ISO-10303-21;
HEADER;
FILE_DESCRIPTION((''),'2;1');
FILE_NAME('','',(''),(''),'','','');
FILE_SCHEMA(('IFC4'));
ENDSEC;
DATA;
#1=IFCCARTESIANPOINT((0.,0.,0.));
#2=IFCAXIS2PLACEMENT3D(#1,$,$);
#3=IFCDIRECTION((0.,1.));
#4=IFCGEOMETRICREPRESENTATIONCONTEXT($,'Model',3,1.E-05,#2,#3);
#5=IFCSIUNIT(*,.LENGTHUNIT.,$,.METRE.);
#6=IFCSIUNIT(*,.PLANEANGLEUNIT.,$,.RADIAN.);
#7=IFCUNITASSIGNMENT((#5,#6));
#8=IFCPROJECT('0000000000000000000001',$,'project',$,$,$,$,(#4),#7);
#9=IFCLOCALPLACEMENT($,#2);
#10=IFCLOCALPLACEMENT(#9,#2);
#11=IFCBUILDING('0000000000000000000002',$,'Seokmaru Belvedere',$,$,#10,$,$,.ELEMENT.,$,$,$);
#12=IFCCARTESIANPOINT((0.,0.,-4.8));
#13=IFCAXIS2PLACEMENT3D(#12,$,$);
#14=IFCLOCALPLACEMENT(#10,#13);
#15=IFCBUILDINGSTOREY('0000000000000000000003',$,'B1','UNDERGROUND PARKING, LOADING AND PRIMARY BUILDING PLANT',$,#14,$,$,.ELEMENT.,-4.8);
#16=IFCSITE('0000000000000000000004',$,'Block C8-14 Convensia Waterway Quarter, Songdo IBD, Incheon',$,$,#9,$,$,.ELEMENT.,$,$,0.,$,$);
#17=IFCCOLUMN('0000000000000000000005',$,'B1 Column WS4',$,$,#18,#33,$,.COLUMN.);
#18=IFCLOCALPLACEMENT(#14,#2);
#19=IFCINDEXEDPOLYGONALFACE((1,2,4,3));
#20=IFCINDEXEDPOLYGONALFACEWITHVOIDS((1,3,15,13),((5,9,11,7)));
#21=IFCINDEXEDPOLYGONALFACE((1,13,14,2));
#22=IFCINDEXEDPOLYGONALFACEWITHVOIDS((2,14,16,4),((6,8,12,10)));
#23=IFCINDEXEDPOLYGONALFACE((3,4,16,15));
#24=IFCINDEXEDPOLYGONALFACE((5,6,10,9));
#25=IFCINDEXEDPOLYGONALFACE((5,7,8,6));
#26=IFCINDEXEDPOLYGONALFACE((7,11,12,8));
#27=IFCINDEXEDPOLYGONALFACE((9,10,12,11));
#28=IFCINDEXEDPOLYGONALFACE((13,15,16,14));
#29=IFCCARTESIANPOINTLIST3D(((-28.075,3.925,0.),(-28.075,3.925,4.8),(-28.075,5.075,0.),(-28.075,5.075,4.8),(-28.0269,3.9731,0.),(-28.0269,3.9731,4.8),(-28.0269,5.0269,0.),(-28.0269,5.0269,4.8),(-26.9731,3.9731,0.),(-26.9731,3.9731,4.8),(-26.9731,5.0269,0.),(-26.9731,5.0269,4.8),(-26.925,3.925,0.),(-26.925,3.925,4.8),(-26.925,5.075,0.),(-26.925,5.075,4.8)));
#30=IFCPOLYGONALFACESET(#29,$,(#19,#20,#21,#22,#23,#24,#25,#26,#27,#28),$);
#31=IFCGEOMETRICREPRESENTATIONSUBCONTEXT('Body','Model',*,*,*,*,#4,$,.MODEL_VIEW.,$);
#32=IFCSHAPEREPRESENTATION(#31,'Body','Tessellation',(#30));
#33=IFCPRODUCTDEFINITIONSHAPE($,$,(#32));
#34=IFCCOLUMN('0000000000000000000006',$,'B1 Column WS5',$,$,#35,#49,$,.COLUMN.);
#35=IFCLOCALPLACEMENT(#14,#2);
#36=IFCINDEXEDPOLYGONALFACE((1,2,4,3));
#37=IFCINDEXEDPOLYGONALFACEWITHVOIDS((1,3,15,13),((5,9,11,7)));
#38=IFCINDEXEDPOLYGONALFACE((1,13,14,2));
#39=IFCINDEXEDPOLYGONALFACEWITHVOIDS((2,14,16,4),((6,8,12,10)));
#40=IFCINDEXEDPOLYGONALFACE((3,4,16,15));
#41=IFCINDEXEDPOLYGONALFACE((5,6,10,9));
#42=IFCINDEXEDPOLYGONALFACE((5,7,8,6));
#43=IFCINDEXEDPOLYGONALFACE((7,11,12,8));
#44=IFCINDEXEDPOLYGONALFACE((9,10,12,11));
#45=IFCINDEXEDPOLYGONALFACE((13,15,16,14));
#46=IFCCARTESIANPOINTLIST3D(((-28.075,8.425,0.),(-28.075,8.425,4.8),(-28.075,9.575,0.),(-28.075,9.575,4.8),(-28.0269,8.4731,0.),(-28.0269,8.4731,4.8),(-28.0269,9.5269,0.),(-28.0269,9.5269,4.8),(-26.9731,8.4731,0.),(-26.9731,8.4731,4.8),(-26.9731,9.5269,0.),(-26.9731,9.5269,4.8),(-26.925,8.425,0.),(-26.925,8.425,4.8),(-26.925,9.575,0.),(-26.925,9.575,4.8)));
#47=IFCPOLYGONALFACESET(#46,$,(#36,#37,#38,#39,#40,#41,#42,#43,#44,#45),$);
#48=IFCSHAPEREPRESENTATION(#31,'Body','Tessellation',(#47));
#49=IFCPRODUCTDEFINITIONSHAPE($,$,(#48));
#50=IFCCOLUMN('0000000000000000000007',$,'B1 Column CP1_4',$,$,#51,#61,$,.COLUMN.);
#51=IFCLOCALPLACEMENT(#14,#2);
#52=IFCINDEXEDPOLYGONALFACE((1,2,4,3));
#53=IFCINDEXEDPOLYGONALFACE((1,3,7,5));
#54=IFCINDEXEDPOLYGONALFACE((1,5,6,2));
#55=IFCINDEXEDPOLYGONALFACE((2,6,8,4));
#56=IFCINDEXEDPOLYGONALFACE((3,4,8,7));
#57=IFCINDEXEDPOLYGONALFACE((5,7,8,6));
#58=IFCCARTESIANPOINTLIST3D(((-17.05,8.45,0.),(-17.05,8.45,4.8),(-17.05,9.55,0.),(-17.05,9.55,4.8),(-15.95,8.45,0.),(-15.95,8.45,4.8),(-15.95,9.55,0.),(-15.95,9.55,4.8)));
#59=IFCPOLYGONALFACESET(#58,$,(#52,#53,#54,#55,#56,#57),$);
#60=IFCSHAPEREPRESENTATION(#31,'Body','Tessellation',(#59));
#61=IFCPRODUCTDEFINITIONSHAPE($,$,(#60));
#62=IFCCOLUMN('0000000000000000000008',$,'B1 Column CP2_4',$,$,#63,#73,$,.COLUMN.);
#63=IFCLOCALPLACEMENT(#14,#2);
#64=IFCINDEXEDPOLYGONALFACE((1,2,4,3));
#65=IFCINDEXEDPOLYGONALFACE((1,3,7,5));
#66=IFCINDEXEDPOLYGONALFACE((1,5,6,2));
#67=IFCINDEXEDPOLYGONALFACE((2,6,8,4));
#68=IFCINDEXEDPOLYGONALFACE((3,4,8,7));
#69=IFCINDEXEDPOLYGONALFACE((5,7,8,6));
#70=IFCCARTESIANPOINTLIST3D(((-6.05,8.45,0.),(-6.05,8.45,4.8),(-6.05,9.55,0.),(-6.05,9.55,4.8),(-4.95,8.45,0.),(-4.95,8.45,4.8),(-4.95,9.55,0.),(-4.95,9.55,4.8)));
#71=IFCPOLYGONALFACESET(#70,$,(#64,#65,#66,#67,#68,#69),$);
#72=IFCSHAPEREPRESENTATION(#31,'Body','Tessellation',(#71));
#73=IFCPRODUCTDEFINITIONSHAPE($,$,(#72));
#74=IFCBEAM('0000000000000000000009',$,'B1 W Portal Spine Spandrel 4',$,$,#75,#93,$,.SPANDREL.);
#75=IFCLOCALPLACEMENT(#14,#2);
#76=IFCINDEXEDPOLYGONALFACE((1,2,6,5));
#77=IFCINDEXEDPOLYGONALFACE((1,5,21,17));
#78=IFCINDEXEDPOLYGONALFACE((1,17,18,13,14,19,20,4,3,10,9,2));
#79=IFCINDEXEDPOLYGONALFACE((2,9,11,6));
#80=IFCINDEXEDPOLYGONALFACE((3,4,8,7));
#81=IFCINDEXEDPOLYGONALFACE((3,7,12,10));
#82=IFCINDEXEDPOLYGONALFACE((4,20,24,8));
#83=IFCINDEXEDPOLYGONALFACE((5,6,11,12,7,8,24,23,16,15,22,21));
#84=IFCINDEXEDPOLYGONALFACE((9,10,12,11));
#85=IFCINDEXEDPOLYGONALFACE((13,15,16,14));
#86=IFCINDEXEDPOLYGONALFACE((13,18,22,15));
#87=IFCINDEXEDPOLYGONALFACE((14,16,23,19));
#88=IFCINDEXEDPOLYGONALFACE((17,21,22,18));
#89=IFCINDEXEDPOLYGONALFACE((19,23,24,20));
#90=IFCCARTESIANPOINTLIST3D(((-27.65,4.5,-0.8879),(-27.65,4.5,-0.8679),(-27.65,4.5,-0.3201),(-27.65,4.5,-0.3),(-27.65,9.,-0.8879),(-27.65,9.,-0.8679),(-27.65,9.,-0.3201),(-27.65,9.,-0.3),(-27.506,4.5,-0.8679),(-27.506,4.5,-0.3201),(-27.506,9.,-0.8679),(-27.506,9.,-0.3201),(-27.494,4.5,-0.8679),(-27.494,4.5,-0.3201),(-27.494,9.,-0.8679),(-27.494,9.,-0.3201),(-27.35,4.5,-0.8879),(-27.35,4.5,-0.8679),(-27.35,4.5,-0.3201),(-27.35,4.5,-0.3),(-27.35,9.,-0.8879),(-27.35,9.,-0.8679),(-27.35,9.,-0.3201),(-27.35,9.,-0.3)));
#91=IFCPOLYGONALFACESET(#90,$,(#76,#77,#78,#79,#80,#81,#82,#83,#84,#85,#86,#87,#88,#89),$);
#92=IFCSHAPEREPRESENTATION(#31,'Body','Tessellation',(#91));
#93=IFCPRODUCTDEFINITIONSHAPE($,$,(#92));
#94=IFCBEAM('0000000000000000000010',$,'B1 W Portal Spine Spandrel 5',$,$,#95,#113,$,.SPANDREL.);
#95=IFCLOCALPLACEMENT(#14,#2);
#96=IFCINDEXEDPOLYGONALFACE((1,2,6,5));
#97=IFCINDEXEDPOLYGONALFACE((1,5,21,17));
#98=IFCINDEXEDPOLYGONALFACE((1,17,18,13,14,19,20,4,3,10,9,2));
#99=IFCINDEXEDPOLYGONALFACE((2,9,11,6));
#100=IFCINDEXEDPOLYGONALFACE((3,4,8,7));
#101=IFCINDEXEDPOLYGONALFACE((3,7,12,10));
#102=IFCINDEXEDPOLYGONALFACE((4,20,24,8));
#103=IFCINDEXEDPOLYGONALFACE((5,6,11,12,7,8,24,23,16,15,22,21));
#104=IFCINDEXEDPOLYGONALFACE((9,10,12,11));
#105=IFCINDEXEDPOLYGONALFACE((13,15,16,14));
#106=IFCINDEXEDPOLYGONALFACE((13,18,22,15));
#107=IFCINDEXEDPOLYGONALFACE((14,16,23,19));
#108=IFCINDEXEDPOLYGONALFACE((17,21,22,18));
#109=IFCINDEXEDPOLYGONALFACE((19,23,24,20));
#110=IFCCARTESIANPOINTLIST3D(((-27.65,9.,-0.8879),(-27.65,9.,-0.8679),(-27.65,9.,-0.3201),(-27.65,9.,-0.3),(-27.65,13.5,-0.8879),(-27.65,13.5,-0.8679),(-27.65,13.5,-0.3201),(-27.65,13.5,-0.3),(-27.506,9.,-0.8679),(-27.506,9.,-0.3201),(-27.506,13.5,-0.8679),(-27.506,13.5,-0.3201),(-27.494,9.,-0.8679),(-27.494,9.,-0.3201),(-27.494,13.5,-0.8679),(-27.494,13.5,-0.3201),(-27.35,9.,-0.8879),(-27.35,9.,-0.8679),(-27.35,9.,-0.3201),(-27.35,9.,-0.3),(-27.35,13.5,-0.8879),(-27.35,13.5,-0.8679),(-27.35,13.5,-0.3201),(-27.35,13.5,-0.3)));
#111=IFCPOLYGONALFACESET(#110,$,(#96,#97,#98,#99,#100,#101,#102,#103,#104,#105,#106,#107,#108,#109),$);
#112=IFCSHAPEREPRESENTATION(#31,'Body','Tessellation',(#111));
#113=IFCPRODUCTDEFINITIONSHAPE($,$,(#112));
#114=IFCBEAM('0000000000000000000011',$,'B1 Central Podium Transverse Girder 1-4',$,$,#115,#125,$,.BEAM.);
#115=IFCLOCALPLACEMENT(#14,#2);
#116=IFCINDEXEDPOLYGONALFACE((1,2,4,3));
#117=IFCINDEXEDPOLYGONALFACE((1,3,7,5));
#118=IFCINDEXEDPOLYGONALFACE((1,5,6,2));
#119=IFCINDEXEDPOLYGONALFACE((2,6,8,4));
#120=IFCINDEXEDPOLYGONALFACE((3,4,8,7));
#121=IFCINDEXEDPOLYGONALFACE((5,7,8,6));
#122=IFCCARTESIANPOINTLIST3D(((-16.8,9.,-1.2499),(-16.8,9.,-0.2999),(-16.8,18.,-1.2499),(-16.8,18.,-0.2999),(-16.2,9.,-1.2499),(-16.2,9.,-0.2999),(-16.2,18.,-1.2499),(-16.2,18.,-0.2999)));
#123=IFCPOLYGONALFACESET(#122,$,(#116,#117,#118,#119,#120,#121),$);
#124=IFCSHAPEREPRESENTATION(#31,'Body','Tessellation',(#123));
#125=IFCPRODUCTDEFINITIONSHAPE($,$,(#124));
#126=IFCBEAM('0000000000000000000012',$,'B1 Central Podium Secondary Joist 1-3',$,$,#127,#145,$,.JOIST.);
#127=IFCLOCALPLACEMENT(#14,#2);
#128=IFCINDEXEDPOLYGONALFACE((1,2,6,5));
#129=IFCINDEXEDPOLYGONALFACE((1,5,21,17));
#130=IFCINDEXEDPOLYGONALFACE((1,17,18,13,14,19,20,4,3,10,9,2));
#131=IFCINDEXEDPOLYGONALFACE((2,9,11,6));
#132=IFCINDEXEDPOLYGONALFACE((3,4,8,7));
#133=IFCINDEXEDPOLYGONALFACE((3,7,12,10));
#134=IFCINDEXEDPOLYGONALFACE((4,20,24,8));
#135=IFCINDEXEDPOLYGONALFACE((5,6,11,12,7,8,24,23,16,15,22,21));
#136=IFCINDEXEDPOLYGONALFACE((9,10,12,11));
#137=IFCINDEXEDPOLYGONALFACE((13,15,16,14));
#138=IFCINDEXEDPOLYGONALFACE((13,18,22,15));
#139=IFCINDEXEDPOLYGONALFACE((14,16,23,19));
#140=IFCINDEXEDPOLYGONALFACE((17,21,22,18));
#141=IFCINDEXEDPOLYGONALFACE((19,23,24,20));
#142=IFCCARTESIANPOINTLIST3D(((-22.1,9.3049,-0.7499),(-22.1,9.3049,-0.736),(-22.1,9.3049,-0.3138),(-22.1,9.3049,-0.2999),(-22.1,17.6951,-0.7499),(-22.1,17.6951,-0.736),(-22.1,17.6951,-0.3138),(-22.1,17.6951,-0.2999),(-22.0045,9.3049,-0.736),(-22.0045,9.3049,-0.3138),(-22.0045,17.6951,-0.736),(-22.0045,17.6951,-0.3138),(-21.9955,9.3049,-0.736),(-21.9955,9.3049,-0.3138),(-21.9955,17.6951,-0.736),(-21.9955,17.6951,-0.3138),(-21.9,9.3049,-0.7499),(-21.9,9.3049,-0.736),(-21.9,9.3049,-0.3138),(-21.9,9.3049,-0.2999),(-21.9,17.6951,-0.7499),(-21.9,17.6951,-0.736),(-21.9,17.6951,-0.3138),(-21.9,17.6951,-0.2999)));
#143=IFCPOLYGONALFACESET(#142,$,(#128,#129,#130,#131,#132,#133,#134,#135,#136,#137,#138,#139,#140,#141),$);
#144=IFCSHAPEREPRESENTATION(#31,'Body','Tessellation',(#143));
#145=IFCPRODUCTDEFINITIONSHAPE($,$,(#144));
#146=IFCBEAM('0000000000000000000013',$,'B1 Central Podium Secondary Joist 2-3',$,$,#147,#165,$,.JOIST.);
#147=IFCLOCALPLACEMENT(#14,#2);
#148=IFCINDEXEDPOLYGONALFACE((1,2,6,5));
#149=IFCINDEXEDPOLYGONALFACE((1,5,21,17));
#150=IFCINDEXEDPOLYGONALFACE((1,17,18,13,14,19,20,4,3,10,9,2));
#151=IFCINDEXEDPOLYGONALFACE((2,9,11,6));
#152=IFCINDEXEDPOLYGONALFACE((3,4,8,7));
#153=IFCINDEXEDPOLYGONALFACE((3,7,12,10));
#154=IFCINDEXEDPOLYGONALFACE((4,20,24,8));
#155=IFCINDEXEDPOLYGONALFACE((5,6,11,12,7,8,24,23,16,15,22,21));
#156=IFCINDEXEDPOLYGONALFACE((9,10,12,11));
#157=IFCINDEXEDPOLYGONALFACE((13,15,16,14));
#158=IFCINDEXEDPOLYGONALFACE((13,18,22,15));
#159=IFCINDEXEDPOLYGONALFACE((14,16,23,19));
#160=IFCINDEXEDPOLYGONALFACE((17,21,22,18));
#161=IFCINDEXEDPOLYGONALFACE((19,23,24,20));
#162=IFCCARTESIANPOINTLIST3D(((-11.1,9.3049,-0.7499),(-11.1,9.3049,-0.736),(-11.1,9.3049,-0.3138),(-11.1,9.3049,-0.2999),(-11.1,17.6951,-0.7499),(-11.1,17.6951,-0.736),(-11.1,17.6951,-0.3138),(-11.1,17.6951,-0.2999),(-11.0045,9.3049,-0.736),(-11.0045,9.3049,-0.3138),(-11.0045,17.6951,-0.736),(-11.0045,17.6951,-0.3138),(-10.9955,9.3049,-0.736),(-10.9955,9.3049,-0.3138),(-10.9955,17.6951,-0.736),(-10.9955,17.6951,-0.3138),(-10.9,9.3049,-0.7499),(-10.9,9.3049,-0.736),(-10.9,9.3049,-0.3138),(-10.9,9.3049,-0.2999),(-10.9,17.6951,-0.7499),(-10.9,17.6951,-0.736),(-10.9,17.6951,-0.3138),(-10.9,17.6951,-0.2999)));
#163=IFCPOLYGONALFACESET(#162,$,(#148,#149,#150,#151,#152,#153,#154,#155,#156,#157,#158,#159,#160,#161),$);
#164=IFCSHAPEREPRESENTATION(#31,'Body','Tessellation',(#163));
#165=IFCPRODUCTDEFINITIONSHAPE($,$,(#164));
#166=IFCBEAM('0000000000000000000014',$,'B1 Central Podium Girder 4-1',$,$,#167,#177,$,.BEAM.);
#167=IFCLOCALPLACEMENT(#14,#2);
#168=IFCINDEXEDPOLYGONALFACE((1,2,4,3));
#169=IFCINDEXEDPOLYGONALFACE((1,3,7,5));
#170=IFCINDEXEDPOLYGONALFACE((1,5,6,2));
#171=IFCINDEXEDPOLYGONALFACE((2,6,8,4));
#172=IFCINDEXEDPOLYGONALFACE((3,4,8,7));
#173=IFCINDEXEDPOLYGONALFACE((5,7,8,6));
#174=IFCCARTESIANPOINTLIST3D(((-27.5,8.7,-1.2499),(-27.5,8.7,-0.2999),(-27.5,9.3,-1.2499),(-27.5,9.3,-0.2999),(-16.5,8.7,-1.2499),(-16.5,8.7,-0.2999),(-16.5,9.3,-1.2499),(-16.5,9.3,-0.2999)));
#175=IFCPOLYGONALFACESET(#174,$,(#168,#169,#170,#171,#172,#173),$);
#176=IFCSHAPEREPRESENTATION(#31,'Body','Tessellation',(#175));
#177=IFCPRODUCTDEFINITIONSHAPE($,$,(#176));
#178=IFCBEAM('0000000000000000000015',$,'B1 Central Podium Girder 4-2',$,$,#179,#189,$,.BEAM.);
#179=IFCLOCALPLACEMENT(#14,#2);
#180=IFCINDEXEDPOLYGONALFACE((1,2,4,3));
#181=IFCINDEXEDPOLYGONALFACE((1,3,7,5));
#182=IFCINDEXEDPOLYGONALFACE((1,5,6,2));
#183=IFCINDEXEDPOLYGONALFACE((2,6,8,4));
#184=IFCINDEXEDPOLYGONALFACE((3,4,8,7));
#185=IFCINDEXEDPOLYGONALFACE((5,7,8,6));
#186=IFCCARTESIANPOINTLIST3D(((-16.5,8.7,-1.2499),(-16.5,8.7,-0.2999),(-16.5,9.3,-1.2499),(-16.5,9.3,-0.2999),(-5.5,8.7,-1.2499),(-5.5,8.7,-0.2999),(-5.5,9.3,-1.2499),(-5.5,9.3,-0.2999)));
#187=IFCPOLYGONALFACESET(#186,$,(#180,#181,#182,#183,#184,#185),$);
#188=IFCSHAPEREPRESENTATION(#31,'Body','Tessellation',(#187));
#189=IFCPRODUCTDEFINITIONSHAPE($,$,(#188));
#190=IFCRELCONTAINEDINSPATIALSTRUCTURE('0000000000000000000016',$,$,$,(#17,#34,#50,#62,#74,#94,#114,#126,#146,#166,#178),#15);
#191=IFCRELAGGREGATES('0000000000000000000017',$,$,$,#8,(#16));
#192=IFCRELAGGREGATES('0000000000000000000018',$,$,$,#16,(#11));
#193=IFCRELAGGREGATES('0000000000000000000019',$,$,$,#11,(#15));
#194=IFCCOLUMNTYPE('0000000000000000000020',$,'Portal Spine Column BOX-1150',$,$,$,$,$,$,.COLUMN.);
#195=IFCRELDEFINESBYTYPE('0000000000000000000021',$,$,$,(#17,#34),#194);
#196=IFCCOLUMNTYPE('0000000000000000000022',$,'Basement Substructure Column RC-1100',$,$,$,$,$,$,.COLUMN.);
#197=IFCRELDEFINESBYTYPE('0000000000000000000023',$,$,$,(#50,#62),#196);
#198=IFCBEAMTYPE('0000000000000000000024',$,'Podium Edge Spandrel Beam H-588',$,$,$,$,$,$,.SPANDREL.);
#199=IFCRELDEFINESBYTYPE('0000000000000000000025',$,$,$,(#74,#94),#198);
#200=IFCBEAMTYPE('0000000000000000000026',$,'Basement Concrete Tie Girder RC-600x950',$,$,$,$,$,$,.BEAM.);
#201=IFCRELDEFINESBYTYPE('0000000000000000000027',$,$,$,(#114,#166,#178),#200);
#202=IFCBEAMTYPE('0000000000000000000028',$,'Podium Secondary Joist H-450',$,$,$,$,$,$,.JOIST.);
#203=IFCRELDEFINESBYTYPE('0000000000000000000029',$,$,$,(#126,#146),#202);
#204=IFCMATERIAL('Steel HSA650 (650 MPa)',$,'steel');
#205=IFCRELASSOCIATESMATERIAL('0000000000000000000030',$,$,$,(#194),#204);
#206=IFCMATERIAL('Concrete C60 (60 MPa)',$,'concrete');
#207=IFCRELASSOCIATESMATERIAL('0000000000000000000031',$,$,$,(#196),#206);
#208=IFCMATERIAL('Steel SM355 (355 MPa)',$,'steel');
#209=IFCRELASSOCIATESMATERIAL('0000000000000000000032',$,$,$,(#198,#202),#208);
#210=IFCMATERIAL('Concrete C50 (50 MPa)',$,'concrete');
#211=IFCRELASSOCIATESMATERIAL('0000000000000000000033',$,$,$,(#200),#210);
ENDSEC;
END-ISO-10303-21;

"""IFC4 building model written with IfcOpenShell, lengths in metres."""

from ifc_helpers import new_model, si_unit, direction, frame, origin, origin_2d, place, context, subcontext, project, spatial, rectangle, hollow_rectangle, i_section, extrude, source, transform, mapped, material, material_profile, profile_set, type_object, type_shapes, element, save


model = new_model("IFC4")

# Units and contexts
model_context = context("Model", 3, precision=1e-05, world=origin(), true_north=direction((0.0, 1.0)))
body_context = subcontext(model_context, "Body", "Model", "MODEL_VIEW")
ifc_project = project(units=[si_unit("LENGTHUNIT", "METRE"), si_unit("PLANEANGLEUNIT", "RADIAN")], contexts=[model_context])

# Site, building, storey
site_placement = place(None, origin())
site = spatial("IfcSite", under=ifc_project, at=site_placement, Name="Block C8-14 Convensia Waterway Quarter, Songdo IBD, Incheon", CompositionType="ELEMENT", RefElevation=0.0)
building_placement = place(site_placement, origin())
building = spatial("IfcBuilding", under=site, at=building_placement, Name="Seokmaru Belvedere", CompositionType="ELEMENT")
storey_placement = place(building_placement, frame((0.0, 0.0, -4.8)))
storey = spatial("IfcBuildingStorey", under=building, at=storey_placement, Name="B1", Description="UNDERGROUND PARKING, LOADING AND PRIMARY BUILDING PLANT", CompositionType="ELEMENT", Elevation=-4.8)

# Columns
ifc_material_1 = material(Name="Steel HSA650 (650 MPa)", Category="steel")
ifc_material_profile_1 = material_profile(ifc_material_1, hollow_rectangle(XDim=1.1499, YDim=1.1499, WallThickness=0.0481, at=origin_2d()), Name="BOX-1150x1150x48")
ifc_profile_set_1 = profile_set([ifc_material_profile_1], Name="Steel HSA650 (650 MPa)")
column_type_1 = type_object("IfcColumnType", Name="Portal Spine Column BOX-1150", PredefinedType="COLUMN", material=ifc_profile_set_1)
shared_shape_1 = source(origin(), body_context, "Body", "SweptSolid", [
    extrude(hollow_rectangle(XDim=1.1499, YDim=1.1499, WallThickness=0.0481, at=origin_2d()), origin(), (0.0, 0.0, 1.0), 4.8),
])
type_shapes(column_type_1, [shared_shape_1])
for number, where, z_axis, x_axis, name in (
    (1, (-27.5, 4.5, 0.0), (0.0, 0.0, 1.0), (1.0, 0.0, 0.0), "B1 Column WS4"),
    (2, (-27.5, 9.0, 0.0), (0.0, 0.0, 1.0), (1.0, 0.0, 0.0), "B1 Column WS5"),
):
    element("IfcColumn", number, at=place(storey_placement, frame(where, z_axis=z_axis, x_axis=x_axis)), inside=storey, type_object=column_type_1, Name=name, PredefinedType="COLUMN", context=body_context, shape_type="MappedRepresentation", body=[
        mapped(shared_shape_1, transform((0.0, 0.0, 0.0), scale=1.0)),
    ])
ifc_material_2 = material(Name="Concrete C60 (60 MPa)", Category="concrete")
ifc_material_profile_2 = material_profile(ifc_material_2, rectangle(XDim=1.1001, YDim=1.1001, at=origin_2d()), Name="RC-1100x1100")
ifc_profile_set_2 = profile_set([ifc_material_profile_2], Name="Concrete C60 (60 MPa)")
column_type_2 = type_object("IfcColumnType", Name="Basement Substructure Column RC-1100", PredefinedType="COLUMN", material=ifc_profile_set_2)
shared_shape_2 = source(origin(), body_context, "Body", "SweptSolid", [
    extrude(rectangle(XDim=1.1001, YDim=1.1001, at=origin_2d()), origin(), (0.0, 0.0, 1.0), 4.8),
])
type_shapes(column_type_2, [shared_shape_2])
for number, where, z_axis, x_axis, name in (
    (3, (-16.5, 9.0, 0.0), (0.0, 0.0, 1.0), (1.0, 0.0, 0.0), "B1 Column CP1_4"),
    (4, (-5.5, 9.0, 0.0), (0.0, 0.0, 1.0), (1.0, 0.0, 0.0), "B1 Column CP2_4"),
):
    element("IfcColumn", number, at=place(storey_placement, frame(where, z_axis=z_axis, x_axis=x_axis)), inside=storey, type_object=column_type_2, Name=name, PredefinedType="COLUMN", context=body_context, shape_type="MappedRepresentation", body=[
        mapped(shared_shape_2, transform((0.0, 0.0, 0.0), scale=1.0)),
    ])

# Beams
ifc_material_3 = material(Name="Steel SM355 (355 MPa)", Category="steel")
ifc_material_profile_3 = material_profile(ifc_material_3, i_section(OverallWidth=0.3, OverallDepth=0.5879, WebThickness=0.012, FlangeThickness=0.02, at=origin_2d()), Name="H-588x300x12x20")
ifc_profile_set_3 = profile_set([ifc_material_profile_3], Name="Steel SM355 (355 MPa)")
beam_type_1 = type_object("IfcBeamType", Name="Podium Edge Spandrel Beam H-588", PredefinedType="SPANDREL", material=ifc_profile_set_3)
shared_shape_3 = source(origin(), body_context, "Body", "SweptSolid", [
    extrude(i_section(OverallWidth=0.3, OverallDepth=0.5879, WebThickness=0.012, FlangeThickness=0.02, at=origin_2d()), origin(), (0.0, 0.0, 1.0), 4.5),
])
type_shapes(beam_type_1, [shared_shape_3])
for number, where, z_axis, x_axis, name in (
    (5, (-27.5, 4.5, -0.594), (0.0, 1.0, 0.0), (-1.0, 0.0, 0.0), "B1 W Portal Spine Spandrel 4"),
    (6, (-27.5, 9.0, -0.594), (0.0, 1.0, 0.0), (-1.0, 0.0, 0.0), "B1 W Portal Spine Spandrel 5"),
):
    element("IfcBeam", number, at=place(storey_placement, frame(where, z_axis=z_axis, x_axis=x_axis)), inside=storey, type_object=beam_type_1, Name=name, PredefinedType="SPANDREL", context=body_context, shape_type="MappedRepresentation", body=[
        mapped(shared_shape_3, transform((0.0, 0.0, 0.0), scale=1.0)),
    ])
ifc_material_4 = material(Name="Concrete C50 (50 MPa)", Category="concrete")
ifc_material_profile_4 = material_profile(ifc_material_4, rectangle(XDim=0.6001, YDim=0.95, at=origin_2d()), Name="RC-600x950")
ifc_profile_set_4 = profile_set([ifc_material_profile_4], Name="Concrete C50 (50 MPa)")
beam_type_2 = type_object("IfcBeamType", Name="Basement Concrete Tie Girder RC-600x950", PredefinedType="BEAM", material=ifc_profile_set_4)
shared_shape_4 = source(origin(), body_context, "Body", "SweptSolid", [
    extrude(rectangle(XDim=0.6001, YDim=0.95, at=origin_2d()), origin(), (0.0, 0.0, 1.0), 9.0),
])
beam_placement = place(storey_placement, frame((-16.5, 9.0, -0.7749), z_axis=(0.0, 1.0, 0.0), x_axis=(-1.0, 0.0, 0.0)))
element("IfcBeam", 7, at=beam_placement, inside=storey, type_object=beam_type_2, Name="B1 Central Podium Transverse Girder 1-4", PredefinedType="BEAM", context=body_context, shape_type="MappedRepresentation", body=[
    mapped(shared_shape_4, transform((0.0, 0.0, 0.0), scale=1.0)),
])
ifc_material_profile_5 = material_profile(ifc_material_3, i_section(OverallWidth=0.2, OverallDepth=0.45, WebThickness=0.009, FlangeThickness=0.0139, at=origin_2d()), Name="H-450x200x9x14")
ifc_profile_set_5 = profile_set([ifc_material_profile_5], Name="Steel SM355 (355 MPa)")
beam_type_3 = type_object("IfcBeamType", Name="Podium Secondary Joist H-450", PredefinedType="JOIST", material=ifc_profile_set_5)
shared_shape_5 = source(origin(), body_context, "Body", "SweptSolid", [
    extrude(i_section(OverallWidth=0.2, OverallDepth=0.45, WebThickness=0.009, FlangeThickness=0.0139, at=origin_2d()), origin(), (0.0, 0.0, 1.0), 8.3901),
])
type_shapes(beam_type_3, [shared_shape_5])
for number, where, z_axis, x_axis, name in (
    (8, (-22.0, 9.3049, -0.5249), (0.0, 1.0, 0.0), (-1.0, 0.0, 0.0), "B1 Central Podium Secondary Joist 1-3"),
    (9, (-11.0, 9.3049, -0.5249), (0.0, 1.0, 0.0), (-1.0, 0.0, 0.0), "B1 Central Podium Secondary Joist 2-3"),
):
    element("IfcBeam", number, at=place(storey_placement, frame(where, z_axis=z_axis, x_axis=x_axis)), inside=storey, type_object=beam_type_3, Name=name, PredefinedType="JOIST", context=body_context, shape_type="MappedRepresentation", body=[
        mapped(shared_shape_5, transform((0.0, 0.0, 0.0), scale=1.0)),
    ])
shared_shape_6 = source(origin(), body_context, "Body", "SweptSolid", [
    extrude(rectangle(XDim=0.6001, YDim=0.95, at=origin_2d()), origin(), (0.0, 0.0, 1.0), 11.0),
])
type_shapes(beam_type_2, [shared_shape_4, shared_shape_6])
for number, where, z_axis, x_axis, name in (
    (10, (-27.5, 9.0, -0.7749), (1.0, 0.0, 0.0), (0.0, 1.0, 0.0), "B1 Central Podium Girder 4-1"),
    (11, (-16.5, 9.0, -0.7749), (1.0, 0.0, 0.0), (0.0, 1.0, 0.0), "B1 Central Podium Girder 4-2"),
):
    element("IfcBeam", number, at=place(storey_placement, frame(where, z_axis=z_axis, x_axis=x_axis)), inside=storey, type_object=beam_type_2, Name=name, PredefinedType="BEAM", context=body_context, shape_type="MappedRepresentation", body=[
        mapped(shared_shape_6, transform((0.0, 0.0, 0.0), scale=1.0)),
    ])

save(model, "model.ifc")
